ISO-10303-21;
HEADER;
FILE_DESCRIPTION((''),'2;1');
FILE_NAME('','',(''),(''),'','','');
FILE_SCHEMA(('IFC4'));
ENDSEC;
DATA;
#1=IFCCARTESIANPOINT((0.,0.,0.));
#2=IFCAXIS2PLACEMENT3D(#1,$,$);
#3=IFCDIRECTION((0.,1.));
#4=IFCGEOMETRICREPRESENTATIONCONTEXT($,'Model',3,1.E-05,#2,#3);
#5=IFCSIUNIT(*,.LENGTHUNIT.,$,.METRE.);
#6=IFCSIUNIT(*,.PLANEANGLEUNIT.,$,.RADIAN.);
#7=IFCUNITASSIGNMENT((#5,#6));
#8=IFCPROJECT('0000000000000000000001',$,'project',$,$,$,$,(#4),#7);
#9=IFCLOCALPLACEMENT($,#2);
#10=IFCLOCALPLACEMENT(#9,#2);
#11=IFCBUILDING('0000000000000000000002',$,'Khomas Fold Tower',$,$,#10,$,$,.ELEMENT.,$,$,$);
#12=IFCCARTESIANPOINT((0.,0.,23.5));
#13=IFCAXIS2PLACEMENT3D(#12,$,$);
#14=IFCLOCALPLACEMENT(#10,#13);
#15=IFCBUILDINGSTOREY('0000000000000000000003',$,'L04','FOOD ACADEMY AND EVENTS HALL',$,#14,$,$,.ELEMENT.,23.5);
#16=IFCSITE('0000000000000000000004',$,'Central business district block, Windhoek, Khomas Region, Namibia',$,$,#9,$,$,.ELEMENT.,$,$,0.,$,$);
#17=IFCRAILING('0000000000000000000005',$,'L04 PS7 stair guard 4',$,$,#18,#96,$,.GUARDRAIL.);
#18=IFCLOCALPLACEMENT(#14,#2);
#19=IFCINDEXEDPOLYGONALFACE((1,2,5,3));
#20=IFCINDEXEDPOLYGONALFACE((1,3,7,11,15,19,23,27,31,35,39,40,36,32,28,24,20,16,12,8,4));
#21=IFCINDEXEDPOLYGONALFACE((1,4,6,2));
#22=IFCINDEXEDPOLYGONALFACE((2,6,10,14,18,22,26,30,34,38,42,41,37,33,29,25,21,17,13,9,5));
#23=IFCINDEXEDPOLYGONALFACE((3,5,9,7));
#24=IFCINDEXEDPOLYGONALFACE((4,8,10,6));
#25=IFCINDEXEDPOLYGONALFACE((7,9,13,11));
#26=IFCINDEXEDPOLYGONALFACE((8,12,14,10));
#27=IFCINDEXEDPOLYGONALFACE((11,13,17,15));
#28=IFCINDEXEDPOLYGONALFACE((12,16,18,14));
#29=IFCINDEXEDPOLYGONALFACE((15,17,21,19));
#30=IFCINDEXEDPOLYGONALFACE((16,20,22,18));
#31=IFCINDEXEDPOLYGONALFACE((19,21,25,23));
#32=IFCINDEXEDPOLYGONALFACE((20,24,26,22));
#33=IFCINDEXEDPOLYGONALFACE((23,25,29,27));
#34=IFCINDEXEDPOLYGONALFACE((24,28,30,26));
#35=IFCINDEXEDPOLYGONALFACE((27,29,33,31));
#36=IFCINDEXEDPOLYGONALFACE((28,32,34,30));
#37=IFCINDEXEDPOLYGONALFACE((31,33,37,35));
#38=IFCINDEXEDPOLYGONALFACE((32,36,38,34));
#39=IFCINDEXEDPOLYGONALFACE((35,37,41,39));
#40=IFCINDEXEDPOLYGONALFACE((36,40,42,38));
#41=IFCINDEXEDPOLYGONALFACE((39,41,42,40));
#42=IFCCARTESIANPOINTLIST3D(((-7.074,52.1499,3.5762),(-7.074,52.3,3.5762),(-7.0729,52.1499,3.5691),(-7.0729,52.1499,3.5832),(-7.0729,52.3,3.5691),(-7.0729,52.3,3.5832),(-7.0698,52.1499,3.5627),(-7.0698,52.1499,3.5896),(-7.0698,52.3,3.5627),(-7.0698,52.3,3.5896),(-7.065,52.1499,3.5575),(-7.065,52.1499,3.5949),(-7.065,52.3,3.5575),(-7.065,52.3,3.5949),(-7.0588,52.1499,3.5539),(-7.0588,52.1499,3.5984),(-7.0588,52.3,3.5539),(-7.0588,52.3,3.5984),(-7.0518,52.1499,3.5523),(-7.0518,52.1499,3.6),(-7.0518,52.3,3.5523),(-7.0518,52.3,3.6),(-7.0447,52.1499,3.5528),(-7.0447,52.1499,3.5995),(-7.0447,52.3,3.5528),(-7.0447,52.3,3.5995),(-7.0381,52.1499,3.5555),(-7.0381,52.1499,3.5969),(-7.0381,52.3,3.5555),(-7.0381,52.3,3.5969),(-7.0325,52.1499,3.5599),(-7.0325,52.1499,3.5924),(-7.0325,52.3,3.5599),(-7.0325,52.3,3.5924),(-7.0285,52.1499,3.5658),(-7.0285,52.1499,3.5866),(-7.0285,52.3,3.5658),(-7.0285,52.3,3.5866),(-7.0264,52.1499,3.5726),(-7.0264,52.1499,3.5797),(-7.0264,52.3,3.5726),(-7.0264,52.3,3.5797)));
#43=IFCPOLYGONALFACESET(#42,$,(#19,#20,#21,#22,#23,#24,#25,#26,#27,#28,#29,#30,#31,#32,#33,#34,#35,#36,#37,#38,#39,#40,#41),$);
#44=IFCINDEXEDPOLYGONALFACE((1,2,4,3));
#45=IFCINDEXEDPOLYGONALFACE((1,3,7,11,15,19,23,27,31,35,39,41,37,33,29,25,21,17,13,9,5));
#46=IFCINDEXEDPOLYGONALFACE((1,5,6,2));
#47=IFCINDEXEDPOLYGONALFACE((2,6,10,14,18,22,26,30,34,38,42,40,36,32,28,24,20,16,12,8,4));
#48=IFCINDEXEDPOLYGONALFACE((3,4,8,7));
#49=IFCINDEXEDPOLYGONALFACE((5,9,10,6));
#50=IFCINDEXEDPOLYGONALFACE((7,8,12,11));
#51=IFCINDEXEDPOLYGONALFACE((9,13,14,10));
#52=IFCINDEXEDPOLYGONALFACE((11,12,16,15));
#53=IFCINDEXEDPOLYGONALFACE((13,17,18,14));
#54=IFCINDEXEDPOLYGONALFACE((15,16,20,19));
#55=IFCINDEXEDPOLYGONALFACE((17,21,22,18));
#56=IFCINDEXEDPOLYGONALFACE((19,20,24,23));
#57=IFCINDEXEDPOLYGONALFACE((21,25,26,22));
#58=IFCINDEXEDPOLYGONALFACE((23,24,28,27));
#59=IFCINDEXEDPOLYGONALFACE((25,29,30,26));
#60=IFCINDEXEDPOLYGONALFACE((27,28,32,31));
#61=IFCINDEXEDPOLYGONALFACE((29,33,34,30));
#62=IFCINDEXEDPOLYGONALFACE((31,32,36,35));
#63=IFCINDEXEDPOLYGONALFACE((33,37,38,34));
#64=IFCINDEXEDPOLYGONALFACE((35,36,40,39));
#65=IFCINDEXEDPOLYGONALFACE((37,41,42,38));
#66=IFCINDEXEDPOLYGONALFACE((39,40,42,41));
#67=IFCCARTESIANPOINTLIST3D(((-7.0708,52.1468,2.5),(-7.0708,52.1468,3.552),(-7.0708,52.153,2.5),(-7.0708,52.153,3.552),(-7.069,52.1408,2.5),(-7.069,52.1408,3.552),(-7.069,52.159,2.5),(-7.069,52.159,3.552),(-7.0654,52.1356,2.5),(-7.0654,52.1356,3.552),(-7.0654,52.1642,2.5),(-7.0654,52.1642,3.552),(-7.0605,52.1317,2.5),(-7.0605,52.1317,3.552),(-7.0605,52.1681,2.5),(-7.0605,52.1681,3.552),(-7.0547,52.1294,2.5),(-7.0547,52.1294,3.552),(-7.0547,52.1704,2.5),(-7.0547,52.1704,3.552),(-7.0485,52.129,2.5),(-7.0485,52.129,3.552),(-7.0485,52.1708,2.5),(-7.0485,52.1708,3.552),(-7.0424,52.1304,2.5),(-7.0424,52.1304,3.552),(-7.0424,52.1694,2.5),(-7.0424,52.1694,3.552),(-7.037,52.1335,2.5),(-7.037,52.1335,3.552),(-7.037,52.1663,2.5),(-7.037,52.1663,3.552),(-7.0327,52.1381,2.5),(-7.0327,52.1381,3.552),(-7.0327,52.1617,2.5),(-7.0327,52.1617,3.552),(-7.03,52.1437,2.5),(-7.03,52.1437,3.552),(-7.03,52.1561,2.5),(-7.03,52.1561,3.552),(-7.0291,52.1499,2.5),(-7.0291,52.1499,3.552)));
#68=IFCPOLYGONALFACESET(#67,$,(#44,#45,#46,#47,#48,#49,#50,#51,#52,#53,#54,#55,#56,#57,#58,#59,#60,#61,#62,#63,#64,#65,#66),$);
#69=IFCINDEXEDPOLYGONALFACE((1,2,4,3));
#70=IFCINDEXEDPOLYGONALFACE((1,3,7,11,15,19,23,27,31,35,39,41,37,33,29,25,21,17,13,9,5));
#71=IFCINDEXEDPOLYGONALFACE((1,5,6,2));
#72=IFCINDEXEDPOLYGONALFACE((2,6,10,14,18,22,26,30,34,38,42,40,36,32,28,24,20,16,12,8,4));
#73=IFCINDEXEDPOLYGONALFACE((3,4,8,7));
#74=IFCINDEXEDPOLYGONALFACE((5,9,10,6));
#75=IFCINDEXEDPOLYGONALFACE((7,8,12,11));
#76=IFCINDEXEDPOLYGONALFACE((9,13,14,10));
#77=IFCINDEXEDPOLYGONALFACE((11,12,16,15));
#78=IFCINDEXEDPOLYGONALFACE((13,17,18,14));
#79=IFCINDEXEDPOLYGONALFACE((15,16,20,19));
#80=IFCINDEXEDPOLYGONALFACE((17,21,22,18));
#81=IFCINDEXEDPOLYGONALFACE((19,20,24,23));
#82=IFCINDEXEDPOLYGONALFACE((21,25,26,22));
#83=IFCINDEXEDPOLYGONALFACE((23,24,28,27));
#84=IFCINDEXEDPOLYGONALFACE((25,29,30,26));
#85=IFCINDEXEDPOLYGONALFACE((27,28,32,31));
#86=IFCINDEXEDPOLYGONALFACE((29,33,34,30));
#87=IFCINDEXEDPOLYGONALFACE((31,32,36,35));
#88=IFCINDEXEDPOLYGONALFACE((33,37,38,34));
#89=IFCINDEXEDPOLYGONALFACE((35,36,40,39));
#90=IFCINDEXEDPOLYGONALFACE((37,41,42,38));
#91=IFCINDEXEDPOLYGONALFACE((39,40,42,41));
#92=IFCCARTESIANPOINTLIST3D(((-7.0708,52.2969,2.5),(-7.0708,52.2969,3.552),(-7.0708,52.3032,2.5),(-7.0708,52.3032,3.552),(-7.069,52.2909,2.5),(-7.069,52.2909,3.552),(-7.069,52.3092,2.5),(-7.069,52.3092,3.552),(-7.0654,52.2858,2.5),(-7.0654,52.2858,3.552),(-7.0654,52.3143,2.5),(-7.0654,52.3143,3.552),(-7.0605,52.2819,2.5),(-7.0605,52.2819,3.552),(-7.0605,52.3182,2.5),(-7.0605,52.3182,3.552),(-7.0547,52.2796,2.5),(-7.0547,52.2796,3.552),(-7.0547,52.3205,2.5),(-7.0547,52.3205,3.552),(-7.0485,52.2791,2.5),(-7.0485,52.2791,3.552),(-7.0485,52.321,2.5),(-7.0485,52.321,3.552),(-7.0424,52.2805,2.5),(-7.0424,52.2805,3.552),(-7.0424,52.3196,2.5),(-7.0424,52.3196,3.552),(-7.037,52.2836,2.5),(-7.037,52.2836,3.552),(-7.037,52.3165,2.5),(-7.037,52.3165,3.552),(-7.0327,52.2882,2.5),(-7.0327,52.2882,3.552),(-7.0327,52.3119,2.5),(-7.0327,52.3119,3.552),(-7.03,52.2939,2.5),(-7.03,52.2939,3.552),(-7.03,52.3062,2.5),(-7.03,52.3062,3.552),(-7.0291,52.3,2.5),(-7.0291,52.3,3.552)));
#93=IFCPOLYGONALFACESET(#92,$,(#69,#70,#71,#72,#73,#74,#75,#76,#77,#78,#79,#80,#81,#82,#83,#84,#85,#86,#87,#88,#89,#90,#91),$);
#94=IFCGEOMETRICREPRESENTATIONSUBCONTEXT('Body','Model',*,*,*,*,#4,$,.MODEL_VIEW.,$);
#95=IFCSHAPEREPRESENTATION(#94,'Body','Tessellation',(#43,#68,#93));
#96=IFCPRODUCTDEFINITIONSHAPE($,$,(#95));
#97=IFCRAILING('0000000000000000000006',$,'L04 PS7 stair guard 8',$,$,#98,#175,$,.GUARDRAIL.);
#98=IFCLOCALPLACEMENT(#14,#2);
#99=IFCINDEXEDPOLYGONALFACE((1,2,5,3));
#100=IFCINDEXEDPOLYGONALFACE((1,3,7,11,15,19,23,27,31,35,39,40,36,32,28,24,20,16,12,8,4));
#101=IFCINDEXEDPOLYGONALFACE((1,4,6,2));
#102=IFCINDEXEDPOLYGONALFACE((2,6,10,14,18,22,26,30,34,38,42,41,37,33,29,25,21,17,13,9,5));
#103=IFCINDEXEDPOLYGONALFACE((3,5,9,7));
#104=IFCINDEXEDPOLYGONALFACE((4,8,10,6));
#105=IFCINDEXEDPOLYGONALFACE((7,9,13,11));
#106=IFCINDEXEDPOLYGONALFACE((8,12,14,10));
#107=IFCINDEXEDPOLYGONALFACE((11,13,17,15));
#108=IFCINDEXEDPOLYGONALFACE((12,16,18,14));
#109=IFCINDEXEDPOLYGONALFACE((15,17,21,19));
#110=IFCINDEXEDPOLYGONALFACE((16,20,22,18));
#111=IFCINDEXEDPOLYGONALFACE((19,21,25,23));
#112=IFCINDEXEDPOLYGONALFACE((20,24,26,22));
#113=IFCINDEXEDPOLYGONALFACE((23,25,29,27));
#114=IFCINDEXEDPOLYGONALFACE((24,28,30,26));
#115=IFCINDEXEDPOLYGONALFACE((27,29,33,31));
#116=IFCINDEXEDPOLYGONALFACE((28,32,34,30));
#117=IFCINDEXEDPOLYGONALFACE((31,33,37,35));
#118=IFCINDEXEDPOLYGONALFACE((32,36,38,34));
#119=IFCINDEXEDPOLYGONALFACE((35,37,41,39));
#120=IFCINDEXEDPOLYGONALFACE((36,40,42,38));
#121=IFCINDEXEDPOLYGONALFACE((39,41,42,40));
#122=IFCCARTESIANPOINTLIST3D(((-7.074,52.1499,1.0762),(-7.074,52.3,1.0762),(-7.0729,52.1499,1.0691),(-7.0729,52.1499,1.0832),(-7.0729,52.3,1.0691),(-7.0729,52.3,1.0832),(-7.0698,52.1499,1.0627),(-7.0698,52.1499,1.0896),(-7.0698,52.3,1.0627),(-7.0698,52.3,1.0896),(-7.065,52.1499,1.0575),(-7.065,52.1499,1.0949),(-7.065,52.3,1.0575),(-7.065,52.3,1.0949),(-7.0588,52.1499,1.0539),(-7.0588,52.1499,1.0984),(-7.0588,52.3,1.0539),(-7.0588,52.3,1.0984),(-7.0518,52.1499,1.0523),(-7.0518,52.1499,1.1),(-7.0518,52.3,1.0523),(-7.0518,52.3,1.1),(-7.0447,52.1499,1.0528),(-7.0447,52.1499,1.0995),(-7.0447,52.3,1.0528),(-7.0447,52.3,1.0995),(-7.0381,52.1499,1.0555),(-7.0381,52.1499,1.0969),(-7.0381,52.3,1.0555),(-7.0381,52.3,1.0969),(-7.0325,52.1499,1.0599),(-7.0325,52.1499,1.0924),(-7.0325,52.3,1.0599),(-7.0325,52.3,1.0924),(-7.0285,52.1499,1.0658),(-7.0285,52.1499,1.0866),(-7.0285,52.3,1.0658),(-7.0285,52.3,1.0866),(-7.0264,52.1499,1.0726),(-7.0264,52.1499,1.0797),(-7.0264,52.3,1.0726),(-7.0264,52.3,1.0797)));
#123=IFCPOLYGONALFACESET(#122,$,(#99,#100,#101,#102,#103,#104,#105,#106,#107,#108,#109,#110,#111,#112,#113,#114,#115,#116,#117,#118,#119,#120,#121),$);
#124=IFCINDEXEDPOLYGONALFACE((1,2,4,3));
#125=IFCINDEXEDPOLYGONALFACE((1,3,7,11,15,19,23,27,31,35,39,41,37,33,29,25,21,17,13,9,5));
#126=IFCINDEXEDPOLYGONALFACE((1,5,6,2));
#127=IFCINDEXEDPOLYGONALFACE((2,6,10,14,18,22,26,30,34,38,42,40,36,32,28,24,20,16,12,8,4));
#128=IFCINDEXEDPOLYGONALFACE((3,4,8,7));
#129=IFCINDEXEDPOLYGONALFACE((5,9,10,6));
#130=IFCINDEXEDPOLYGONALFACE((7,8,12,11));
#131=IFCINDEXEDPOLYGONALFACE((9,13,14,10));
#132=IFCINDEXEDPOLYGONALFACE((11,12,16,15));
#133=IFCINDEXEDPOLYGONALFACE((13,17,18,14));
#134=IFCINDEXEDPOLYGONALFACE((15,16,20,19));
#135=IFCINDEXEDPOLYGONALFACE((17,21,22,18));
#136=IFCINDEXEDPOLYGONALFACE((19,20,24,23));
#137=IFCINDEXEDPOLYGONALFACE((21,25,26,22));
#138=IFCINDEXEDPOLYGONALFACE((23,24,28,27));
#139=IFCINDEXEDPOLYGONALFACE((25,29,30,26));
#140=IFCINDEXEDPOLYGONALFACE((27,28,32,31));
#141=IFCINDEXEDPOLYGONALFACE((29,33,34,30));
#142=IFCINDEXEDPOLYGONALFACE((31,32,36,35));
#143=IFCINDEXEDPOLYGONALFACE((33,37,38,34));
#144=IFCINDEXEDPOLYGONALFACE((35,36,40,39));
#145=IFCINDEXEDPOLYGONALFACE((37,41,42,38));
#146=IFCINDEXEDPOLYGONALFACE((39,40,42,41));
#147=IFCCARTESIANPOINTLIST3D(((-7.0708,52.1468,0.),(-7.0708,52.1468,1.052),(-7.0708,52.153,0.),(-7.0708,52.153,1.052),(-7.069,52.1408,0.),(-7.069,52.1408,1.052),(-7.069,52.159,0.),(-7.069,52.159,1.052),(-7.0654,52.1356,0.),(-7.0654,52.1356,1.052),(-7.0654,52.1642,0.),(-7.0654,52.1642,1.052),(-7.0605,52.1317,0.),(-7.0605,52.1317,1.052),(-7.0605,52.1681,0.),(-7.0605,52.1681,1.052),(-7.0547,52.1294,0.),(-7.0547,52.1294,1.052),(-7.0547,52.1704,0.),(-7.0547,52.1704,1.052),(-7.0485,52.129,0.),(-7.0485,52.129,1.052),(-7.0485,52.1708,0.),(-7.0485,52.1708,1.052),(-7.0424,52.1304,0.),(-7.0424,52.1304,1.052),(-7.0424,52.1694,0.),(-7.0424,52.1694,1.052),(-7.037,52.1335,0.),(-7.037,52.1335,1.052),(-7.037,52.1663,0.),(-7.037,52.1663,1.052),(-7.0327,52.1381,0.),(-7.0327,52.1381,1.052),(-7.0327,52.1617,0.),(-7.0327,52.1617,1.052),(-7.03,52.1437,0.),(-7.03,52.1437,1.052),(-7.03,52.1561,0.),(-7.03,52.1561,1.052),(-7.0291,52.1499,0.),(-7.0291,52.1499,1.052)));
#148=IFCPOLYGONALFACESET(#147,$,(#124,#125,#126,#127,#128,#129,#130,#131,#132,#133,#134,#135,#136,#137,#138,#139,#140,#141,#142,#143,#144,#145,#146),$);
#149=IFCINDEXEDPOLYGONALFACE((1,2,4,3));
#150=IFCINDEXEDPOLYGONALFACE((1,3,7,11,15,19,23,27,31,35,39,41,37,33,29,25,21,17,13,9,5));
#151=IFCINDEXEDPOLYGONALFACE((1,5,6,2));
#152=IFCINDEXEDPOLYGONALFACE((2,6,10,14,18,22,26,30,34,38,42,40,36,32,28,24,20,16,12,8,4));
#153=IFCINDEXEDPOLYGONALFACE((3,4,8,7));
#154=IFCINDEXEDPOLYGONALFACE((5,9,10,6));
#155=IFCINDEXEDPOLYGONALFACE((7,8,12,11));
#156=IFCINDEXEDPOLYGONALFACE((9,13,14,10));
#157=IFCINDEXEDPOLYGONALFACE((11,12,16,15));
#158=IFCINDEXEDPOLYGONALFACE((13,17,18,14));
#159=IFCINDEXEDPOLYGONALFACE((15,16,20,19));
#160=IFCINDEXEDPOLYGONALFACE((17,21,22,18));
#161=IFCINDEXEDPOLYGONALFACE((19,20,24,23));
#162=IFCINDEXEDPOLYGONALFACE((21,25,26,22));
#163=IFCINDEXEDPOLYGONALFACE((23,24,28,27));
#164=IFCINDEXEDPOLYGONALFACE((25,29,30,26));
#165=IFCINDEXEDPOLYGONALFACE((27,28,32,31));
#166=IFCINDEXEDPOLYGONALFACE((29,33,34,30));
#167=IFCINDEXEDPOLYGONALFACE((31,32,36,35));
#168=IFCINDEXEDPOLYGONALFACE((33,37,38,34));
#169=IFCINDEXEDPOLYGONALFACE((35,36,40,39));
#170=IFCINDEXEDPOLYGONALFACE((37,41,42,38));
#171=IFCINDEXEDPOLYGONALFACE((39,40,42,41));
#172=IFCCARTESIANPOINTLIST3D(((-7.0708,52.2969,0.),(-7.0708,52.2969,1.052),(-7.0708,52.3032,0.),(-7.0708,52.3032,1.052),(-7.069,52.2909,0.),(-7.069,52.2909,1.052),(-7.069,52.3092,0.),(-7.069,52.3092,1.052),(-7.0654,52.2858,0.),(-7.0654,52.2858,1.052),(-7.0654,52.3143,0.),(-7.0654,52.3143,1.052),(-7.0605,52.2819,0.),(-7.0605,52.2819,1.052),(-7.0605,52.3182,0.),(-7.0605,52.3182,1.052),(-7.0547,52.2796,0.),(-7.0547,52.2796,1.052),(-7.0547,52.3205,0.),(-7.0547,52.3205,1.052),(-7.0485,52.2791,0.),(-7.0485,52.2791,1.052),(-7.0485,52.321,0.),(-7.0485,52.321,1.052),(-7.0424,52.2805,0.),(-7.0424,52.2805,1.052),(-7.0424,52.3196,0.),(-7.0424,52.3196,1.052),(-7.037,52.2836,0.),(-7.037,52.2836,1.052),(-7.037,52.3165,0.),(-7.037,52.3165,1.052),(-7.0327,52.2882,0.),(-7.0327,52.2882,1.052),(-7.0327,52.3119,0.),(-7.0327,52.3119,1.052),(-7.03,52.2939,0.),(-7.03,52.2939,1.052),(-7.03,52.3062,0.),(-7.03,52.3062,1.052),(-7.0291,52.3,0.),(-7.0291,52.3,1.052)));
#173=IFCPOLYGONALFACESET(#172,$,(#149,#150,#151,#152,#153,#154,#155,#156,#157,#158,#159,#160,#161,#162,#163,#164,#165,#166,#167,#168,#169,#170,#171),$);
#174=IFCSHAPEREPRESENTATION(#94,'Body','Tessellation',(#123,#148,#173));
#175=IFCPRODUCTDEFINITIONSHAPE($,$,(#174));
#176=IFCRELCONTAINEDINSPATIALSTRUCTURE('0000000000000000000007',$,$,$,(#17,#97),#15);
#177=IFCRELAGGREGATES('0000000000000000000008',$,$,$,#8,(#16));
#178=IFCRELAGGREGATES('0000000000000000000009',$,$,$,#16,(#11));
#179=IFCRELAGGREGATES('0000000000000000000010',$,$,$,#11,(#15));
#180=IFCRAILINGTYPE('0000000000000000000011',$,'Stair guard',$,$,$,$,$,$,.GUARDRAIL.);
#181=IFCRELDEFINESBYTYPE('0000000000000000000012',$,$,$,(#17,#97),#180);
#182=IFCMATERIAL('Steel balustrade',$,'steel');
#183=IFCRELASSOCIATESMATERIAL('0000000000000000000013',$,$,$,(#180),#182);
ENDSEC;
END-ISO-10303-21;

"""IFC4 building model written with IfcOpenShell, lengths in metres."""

from ifc_helpers import new_model, si_unit, direction, frame, origin, origin_2d, place, context, subcontext, project, spatial, circle, extrude, source, transform, mapped, material, type_object, element, save


model = new_model("IFC4")

# Units and contexts
model_context = context("Model", 3, precision=1e-05, world=origin(), true_north=direction((0.0, 1.0)))
body_context = subcontext(model_context, "Body", "Model", "MODEL_VIEW")
ifc_project = project(units=[si_unit("LENGTHUNIT", "METRE"), si_unit("PLANEANGLEUNIT", "RADIAN")], contexts=[model_context])

# Site, building, storey
site_placement = place(None, origin())
site = spatial("IfcSite", under=ifc_project, at=site_placement, Name="Central business district block, Windhoek, Khomas Region, Namibia", CompositionType="ELEMENT", RefElevation=0.0)
building_placement = place(site_placement, origin())
building = spatial("IfcBuilding", under=site, at=building_placement, Name="Khomas Fold Tower", CompositionType="ELEMENT")
storey_placement = place(building_placement, frame((0.0, 0.0, 23.5)))
storey = spatial("IfcBuildingStorey", under=building, at=storey_placement, Name="L04", Description="FOOD ACADEMY AND EVENTS HALL", CompositionType="ELEMENT", Elevation=23.5)

# Railings
ifc_material_1 = material(Name="Steel balustrade", Category="steel")
railing_type_1 = type_object("IfcRailingType", Name="Stair guard", PredefinedType="GUARDRAIL", material=ifc_material_1)
shared_shape_1 = source(origin(), body_context, "Body", "SweptSolid", [
    extrude(circle(Radius=0.0239, at=origin_2d()), frame((0.0, 0.0, 1.0762), z_axis=(0.0, 1.0, 0.0), x_axis=(-1.0, 0.0, 0.0)), (0.0, 0.0, 1.0), 0.1501),
    extrude(circle(Radius=0.021, at=origin_2d()), origin(), (0.0, 0.0, 1.0), 1.052),
    extrude(circle(Radius=0.021, at=origin_2d()), frame((0.0, 0.1501, 0.0)), (0.0, 0.0, 1.0), 1.052),
])
for number, where, name in (
    (1, (-7.05, 52.1499, 2.5), "L04 PS7 stair guard 4"),
    (2, (-7.05, 52.1499, 0.0), "L04 PS7 stair guard 8"),
):
    element("IfcRailing", number, at=place(storey_placement, frame(where)), inside=storey, type_object=railing_type_1, Name=name, PredefinedType="GUARDRAIL", context=body_context, shape_type="MappedRepresentation", body=[
        mapped(shared_shape_1, transform((0.0, 0.0, 0.0))),
    ])

save(model, "model.ifc")
